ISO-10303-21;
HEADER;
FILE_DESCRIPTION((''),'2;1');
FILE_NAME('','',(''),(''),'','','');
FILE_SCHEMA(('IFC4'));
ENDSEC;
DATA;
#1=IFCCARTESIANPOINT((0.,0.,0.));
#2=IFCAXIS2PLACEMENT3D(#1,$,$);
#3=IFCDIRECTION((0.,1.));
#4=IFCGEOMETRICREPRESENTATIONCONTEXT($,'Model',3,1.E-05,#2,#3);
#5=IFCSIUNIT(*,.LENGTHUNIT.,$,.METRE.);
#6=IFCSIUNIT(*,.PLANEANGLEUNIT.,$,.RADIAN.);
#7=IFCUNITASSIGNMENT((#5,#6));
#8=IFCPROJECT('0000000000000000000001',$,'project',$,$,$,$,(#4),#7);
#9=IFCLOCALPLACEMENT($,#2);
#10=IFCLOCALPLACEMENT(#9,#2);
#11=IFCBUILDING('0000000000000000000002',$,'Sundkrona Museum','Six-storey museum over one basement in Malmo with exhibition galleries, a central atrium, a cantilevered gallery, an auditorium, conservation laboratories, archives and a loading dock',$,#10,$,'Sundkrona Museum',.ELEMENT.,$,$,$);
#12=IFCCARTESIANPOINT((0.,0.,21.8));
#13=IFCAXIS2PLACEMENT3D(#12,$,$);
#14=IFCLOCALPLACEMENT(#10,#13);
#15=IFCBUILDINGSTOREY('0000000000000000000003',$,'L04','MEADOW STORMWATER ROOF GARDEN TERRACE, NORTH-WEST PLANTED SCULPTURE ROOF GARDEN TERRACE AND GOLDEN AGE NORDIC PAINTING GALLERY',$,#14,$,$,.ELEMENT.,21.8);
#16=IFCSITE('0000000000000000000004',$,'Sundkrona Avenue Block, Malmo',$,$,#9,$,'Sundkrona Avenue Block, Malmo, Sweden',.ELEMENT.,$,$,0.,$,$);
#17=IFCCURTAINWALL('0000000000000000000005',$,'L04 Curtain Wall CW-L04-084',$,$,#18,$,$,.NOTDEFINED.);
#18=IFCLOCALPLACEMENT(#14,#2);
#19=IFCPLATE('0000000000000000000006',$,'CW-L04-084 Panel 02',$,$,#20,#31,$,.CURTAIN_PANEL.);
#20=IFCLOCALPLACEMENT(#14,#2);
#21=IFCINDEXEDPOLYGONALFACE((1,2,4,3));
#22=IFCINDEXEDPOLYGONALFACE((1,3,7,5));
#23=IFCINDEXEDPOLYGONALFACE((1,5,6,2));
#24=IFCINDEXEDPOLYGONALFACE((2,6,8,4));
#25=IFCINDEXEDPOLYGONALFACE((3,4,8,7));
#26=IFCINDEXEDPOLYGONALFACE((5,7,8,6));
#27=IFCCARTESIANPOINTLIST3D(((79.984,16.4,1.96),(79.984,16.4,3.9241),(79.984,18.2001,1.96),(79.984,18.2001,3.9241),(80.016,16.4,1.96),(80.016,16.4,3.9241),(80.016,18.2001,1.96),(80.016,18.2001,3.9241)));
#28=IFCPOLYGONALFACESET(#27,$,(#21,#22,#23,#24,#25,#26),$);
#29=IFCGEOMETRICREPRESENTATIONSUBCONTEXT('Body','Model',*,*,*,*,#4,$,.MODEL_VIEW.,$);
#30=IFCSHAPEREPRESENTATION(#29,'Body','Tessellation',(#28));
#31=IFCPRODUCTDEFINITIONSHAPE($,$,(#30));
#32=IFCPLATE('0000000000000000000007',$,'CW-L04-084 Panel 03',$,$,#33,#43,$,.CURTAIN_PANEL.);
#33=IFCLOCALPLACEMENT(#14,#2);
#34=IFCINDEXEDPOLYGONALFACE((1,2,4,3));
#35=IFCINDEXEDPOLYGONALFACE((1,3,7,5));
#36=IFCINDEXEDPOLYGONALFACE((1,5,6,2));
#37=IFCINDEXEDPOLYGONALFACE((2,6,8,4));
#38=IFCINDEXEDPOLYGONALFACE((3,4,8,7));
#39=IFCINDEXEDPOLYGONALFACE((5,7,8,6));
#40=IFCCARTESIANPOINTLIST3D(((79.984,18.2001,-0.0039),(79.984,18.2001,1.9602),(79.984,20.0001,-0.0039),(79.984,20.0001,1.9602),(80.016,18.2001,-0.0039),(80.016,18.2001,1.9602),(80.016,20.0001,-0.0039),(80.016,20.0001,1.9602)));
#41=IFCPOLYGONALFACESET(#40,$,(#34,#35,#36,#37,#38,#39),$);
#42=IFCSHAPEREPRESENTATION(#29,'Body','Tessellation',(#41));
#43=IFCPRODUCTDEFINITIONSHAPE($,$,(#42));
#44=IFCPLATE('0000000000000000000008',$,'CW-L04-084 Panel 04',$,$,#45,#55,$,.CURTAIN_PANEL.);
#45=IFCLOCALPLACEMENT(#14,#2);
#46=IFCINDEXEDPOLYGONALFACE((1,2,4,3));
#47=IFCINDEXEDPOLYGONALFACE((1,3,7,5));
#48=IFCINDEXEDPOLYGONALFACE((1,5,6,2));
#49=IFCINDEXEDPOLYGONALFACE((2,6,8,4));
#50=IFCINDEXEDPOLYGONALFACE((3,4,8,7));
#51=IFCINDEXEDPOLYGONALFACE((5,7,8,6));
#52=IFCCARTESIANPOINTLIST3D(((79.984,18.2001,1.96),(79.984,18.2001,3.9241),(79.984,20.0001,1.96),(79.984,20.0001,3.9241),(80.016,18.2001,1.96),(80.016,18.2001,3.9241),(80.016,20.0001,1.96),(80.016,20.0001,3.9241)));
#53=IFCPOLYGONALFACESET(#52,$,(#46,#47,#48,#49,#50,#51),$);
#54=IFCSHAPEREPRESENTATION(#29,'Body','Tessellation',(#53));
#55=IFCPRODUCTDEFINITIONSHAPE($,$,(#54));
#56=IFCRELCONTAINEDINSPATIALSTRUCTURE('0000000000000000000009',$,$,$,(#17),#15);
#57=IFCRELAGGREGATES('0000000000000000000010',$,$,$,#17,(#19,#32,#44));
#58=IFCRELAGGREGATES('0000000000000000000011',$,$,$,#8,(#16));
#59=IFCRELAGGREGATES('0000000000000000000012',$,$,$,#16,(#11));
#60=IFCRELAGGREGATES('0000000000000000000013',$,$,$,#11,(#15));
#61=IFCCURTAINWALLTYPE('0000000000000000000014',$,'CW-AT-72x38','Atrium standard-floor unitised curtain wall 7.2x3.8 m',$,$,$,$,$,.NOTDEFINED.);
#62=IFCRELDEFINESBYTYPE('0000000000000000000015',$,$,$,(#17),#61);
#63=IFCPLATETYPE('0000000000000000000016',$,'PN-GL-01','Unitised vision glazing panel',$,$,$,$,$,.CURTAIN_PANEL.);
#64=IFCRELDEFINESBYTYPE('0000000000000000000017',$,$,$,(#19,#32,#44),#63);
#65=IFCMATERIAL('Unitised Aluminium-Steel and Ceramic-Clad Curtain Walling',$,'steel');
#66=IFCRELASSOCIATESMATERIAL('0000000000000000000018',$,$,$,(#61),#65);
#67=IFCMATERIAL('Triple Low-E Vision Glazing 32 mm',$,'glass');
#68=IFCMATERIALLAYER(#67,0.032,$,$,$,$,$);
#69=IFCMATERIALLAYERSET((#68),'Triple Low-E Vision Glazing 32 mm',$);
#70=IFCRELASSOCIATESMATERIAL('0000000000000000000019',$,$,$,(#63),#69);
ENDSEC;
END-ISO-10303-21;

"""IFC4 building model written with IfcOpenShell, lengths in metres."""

from ifc_helpers import new_model, si_unit, direction, frame, origin, origin_2d, place, context, subcontext, project, spatial, rectangle, extrude, material, layer, layer_set, type_object, element, aggregate, save


model = new_model("IFC4")

# Units and contexts
model_context = context("Model", 3, precision=1e-05, world=origin(), true_north=direction((0.0, 1.0)))
body_context = subcontext(model_context, "Body", "Model", "MODEL_VIEW")
ifc_project = project(units=[si_unit("LENGTHUNIT", "METRE"), si_unit("PLANEANGLEUNIT", "RADIAN")], contexts=[model_context])

# Site, building, storey
site_placement = place(None, origin())
site = spatial("IfcSite", under=ifc_project, at=site_placement, Name="Sundkrona Avenue Block, Malmo", LongName="Sundkrona Avenue Block, Malmo, Sweden", CompositionType="ELEMENT", RefElevation=0.0)
building_placement = place(site_placement, origin())
building = spatial("IfcBuilding", under=site, at=building_placement, Name="Sundkrona Museum", Description="Six-storey museum over one basement in Malmo with exhibition galleries, a central atrium, a cantilevered gallery, an auditorium, conservation laboratories, archives and a loading dock", LongName="Sundkrona Museum", CompositionType="ELEMENT")
storey_placement = place(building_placement, frame((0.0, 0.0, 21.8)))
storey = spatial("IfcBuildingStorey", under=building, at=storey_placement, Name="L04", Description="MEADOW STORMWATER ROOF GARDEN TERRACE, NORTH-WEST PLANTED SCULPTURE ROOF GARDEN TERRACE AND GOLDEN AGE NORDIC PAINTING GALLERY", CompositionType="ELEMENT", Elevation=21.8)

# Curtain wall
ifc_material_1 = material(Name="Unitised Aluminium-Steel and Ceramic-Clad Curtain Walling", Category="steel")
curtain_wall_type = type_object("IfcCurtainWallType", Name="CW-AT-72x38", Description="Atrium standard-floor unitised curtain wall 7.2x3.8 m", PredefinedType="NOTDEFINED", material=ifc_material_1)
curtain_wall_1_placement = place(storey_placement, origin())
curtain_wall_1 = element("IfcCurtainWall", 1, at=curtain_wall_1_placement, inside=storey, type_object=curtain_wall_type, Name="L04 Curtain Wall CW-L04-084", PredefinedType="NOTDEFINED")

# Plates
ifc_material_2 = material(Name="Triple Low-E Vision Glazing 32 mm", Category="glass")
ifc_layer = layer(ifc_material_2, 0.032)
ifc_layer_set = layer_set([ifc_layer], Name="Triple Low-E Vision Glazing 32 mm")
plate_type = type_object("IfcPlateType", Name="PN-GL-01", Description="Unitised vision glazing panel", PredefinedType="CURTAIN_PANEL", material=ifc_layer_set)
plate_1_placement = place(storey_placement, frame((80.0, 17.3, 1.96), z_axis=(0.0, 0.0, 1.0), x_axis=(0.0, 1.0, 0.0)))
plate_1 = element("IfcPlate", 2, at=plate_1_placement, type_object=plate_type, Name="CW-L04-084 Panel 02", PredefinedType="CURTAIN_PANEL", context=body_context, shape_type="SweptSolid", body=[
    extrude(rectangle(XDim=1.8, YDim=0.032, at=origin_2d()), origin(), (0.0, 0.0, 1.0), 1.9641),
])
plate_2_placement = place(storey_placement, frame((80.0, 19.1001, -0.0039), z_axis=(0.0, 0.0, 1.0), x_axis=(0.0, 1.0, 0.0)))
plate_2 = element("IfcPlate", 3, at=plate_2_placement, type_object=plate_type, Name="CW-L04-084 Panel 03", PredefinedType="CURTAIN_PANEL", context=body_context, shape_type="SweptSolid", body=[
    extrude(rectangle(XDim=1.8, YDim=0.032, at=origin_2d()), origin(), (0.0, 0.0, 1.0), 1.9641),
])
plate_3_placement = place(storey_placement, frame((80.0, 19.1001, 1.96), z_axis=(0.0, 0.0, 1.0), x_axis=(0.0, 1.0, 0.0)))
plate_3 = element("IfcPlate", 4, at=plate_3_placement, type_object=plate_type, Name="CW-L04-084 Panel 04", PredefinedType="CURTAIN_PANEL", context=body_context, shape_type="SweptSolid", body=[
    extrude(rectangle(XDim=1.8, YDim=0.032, at=origin_2d()), origin(), (0.0, 0.0, 1.0), 1.9641),
])
aggregate(curtain_wall_1, [plate_1, plate_2, plate_3])

save(model, "model.ifc")
